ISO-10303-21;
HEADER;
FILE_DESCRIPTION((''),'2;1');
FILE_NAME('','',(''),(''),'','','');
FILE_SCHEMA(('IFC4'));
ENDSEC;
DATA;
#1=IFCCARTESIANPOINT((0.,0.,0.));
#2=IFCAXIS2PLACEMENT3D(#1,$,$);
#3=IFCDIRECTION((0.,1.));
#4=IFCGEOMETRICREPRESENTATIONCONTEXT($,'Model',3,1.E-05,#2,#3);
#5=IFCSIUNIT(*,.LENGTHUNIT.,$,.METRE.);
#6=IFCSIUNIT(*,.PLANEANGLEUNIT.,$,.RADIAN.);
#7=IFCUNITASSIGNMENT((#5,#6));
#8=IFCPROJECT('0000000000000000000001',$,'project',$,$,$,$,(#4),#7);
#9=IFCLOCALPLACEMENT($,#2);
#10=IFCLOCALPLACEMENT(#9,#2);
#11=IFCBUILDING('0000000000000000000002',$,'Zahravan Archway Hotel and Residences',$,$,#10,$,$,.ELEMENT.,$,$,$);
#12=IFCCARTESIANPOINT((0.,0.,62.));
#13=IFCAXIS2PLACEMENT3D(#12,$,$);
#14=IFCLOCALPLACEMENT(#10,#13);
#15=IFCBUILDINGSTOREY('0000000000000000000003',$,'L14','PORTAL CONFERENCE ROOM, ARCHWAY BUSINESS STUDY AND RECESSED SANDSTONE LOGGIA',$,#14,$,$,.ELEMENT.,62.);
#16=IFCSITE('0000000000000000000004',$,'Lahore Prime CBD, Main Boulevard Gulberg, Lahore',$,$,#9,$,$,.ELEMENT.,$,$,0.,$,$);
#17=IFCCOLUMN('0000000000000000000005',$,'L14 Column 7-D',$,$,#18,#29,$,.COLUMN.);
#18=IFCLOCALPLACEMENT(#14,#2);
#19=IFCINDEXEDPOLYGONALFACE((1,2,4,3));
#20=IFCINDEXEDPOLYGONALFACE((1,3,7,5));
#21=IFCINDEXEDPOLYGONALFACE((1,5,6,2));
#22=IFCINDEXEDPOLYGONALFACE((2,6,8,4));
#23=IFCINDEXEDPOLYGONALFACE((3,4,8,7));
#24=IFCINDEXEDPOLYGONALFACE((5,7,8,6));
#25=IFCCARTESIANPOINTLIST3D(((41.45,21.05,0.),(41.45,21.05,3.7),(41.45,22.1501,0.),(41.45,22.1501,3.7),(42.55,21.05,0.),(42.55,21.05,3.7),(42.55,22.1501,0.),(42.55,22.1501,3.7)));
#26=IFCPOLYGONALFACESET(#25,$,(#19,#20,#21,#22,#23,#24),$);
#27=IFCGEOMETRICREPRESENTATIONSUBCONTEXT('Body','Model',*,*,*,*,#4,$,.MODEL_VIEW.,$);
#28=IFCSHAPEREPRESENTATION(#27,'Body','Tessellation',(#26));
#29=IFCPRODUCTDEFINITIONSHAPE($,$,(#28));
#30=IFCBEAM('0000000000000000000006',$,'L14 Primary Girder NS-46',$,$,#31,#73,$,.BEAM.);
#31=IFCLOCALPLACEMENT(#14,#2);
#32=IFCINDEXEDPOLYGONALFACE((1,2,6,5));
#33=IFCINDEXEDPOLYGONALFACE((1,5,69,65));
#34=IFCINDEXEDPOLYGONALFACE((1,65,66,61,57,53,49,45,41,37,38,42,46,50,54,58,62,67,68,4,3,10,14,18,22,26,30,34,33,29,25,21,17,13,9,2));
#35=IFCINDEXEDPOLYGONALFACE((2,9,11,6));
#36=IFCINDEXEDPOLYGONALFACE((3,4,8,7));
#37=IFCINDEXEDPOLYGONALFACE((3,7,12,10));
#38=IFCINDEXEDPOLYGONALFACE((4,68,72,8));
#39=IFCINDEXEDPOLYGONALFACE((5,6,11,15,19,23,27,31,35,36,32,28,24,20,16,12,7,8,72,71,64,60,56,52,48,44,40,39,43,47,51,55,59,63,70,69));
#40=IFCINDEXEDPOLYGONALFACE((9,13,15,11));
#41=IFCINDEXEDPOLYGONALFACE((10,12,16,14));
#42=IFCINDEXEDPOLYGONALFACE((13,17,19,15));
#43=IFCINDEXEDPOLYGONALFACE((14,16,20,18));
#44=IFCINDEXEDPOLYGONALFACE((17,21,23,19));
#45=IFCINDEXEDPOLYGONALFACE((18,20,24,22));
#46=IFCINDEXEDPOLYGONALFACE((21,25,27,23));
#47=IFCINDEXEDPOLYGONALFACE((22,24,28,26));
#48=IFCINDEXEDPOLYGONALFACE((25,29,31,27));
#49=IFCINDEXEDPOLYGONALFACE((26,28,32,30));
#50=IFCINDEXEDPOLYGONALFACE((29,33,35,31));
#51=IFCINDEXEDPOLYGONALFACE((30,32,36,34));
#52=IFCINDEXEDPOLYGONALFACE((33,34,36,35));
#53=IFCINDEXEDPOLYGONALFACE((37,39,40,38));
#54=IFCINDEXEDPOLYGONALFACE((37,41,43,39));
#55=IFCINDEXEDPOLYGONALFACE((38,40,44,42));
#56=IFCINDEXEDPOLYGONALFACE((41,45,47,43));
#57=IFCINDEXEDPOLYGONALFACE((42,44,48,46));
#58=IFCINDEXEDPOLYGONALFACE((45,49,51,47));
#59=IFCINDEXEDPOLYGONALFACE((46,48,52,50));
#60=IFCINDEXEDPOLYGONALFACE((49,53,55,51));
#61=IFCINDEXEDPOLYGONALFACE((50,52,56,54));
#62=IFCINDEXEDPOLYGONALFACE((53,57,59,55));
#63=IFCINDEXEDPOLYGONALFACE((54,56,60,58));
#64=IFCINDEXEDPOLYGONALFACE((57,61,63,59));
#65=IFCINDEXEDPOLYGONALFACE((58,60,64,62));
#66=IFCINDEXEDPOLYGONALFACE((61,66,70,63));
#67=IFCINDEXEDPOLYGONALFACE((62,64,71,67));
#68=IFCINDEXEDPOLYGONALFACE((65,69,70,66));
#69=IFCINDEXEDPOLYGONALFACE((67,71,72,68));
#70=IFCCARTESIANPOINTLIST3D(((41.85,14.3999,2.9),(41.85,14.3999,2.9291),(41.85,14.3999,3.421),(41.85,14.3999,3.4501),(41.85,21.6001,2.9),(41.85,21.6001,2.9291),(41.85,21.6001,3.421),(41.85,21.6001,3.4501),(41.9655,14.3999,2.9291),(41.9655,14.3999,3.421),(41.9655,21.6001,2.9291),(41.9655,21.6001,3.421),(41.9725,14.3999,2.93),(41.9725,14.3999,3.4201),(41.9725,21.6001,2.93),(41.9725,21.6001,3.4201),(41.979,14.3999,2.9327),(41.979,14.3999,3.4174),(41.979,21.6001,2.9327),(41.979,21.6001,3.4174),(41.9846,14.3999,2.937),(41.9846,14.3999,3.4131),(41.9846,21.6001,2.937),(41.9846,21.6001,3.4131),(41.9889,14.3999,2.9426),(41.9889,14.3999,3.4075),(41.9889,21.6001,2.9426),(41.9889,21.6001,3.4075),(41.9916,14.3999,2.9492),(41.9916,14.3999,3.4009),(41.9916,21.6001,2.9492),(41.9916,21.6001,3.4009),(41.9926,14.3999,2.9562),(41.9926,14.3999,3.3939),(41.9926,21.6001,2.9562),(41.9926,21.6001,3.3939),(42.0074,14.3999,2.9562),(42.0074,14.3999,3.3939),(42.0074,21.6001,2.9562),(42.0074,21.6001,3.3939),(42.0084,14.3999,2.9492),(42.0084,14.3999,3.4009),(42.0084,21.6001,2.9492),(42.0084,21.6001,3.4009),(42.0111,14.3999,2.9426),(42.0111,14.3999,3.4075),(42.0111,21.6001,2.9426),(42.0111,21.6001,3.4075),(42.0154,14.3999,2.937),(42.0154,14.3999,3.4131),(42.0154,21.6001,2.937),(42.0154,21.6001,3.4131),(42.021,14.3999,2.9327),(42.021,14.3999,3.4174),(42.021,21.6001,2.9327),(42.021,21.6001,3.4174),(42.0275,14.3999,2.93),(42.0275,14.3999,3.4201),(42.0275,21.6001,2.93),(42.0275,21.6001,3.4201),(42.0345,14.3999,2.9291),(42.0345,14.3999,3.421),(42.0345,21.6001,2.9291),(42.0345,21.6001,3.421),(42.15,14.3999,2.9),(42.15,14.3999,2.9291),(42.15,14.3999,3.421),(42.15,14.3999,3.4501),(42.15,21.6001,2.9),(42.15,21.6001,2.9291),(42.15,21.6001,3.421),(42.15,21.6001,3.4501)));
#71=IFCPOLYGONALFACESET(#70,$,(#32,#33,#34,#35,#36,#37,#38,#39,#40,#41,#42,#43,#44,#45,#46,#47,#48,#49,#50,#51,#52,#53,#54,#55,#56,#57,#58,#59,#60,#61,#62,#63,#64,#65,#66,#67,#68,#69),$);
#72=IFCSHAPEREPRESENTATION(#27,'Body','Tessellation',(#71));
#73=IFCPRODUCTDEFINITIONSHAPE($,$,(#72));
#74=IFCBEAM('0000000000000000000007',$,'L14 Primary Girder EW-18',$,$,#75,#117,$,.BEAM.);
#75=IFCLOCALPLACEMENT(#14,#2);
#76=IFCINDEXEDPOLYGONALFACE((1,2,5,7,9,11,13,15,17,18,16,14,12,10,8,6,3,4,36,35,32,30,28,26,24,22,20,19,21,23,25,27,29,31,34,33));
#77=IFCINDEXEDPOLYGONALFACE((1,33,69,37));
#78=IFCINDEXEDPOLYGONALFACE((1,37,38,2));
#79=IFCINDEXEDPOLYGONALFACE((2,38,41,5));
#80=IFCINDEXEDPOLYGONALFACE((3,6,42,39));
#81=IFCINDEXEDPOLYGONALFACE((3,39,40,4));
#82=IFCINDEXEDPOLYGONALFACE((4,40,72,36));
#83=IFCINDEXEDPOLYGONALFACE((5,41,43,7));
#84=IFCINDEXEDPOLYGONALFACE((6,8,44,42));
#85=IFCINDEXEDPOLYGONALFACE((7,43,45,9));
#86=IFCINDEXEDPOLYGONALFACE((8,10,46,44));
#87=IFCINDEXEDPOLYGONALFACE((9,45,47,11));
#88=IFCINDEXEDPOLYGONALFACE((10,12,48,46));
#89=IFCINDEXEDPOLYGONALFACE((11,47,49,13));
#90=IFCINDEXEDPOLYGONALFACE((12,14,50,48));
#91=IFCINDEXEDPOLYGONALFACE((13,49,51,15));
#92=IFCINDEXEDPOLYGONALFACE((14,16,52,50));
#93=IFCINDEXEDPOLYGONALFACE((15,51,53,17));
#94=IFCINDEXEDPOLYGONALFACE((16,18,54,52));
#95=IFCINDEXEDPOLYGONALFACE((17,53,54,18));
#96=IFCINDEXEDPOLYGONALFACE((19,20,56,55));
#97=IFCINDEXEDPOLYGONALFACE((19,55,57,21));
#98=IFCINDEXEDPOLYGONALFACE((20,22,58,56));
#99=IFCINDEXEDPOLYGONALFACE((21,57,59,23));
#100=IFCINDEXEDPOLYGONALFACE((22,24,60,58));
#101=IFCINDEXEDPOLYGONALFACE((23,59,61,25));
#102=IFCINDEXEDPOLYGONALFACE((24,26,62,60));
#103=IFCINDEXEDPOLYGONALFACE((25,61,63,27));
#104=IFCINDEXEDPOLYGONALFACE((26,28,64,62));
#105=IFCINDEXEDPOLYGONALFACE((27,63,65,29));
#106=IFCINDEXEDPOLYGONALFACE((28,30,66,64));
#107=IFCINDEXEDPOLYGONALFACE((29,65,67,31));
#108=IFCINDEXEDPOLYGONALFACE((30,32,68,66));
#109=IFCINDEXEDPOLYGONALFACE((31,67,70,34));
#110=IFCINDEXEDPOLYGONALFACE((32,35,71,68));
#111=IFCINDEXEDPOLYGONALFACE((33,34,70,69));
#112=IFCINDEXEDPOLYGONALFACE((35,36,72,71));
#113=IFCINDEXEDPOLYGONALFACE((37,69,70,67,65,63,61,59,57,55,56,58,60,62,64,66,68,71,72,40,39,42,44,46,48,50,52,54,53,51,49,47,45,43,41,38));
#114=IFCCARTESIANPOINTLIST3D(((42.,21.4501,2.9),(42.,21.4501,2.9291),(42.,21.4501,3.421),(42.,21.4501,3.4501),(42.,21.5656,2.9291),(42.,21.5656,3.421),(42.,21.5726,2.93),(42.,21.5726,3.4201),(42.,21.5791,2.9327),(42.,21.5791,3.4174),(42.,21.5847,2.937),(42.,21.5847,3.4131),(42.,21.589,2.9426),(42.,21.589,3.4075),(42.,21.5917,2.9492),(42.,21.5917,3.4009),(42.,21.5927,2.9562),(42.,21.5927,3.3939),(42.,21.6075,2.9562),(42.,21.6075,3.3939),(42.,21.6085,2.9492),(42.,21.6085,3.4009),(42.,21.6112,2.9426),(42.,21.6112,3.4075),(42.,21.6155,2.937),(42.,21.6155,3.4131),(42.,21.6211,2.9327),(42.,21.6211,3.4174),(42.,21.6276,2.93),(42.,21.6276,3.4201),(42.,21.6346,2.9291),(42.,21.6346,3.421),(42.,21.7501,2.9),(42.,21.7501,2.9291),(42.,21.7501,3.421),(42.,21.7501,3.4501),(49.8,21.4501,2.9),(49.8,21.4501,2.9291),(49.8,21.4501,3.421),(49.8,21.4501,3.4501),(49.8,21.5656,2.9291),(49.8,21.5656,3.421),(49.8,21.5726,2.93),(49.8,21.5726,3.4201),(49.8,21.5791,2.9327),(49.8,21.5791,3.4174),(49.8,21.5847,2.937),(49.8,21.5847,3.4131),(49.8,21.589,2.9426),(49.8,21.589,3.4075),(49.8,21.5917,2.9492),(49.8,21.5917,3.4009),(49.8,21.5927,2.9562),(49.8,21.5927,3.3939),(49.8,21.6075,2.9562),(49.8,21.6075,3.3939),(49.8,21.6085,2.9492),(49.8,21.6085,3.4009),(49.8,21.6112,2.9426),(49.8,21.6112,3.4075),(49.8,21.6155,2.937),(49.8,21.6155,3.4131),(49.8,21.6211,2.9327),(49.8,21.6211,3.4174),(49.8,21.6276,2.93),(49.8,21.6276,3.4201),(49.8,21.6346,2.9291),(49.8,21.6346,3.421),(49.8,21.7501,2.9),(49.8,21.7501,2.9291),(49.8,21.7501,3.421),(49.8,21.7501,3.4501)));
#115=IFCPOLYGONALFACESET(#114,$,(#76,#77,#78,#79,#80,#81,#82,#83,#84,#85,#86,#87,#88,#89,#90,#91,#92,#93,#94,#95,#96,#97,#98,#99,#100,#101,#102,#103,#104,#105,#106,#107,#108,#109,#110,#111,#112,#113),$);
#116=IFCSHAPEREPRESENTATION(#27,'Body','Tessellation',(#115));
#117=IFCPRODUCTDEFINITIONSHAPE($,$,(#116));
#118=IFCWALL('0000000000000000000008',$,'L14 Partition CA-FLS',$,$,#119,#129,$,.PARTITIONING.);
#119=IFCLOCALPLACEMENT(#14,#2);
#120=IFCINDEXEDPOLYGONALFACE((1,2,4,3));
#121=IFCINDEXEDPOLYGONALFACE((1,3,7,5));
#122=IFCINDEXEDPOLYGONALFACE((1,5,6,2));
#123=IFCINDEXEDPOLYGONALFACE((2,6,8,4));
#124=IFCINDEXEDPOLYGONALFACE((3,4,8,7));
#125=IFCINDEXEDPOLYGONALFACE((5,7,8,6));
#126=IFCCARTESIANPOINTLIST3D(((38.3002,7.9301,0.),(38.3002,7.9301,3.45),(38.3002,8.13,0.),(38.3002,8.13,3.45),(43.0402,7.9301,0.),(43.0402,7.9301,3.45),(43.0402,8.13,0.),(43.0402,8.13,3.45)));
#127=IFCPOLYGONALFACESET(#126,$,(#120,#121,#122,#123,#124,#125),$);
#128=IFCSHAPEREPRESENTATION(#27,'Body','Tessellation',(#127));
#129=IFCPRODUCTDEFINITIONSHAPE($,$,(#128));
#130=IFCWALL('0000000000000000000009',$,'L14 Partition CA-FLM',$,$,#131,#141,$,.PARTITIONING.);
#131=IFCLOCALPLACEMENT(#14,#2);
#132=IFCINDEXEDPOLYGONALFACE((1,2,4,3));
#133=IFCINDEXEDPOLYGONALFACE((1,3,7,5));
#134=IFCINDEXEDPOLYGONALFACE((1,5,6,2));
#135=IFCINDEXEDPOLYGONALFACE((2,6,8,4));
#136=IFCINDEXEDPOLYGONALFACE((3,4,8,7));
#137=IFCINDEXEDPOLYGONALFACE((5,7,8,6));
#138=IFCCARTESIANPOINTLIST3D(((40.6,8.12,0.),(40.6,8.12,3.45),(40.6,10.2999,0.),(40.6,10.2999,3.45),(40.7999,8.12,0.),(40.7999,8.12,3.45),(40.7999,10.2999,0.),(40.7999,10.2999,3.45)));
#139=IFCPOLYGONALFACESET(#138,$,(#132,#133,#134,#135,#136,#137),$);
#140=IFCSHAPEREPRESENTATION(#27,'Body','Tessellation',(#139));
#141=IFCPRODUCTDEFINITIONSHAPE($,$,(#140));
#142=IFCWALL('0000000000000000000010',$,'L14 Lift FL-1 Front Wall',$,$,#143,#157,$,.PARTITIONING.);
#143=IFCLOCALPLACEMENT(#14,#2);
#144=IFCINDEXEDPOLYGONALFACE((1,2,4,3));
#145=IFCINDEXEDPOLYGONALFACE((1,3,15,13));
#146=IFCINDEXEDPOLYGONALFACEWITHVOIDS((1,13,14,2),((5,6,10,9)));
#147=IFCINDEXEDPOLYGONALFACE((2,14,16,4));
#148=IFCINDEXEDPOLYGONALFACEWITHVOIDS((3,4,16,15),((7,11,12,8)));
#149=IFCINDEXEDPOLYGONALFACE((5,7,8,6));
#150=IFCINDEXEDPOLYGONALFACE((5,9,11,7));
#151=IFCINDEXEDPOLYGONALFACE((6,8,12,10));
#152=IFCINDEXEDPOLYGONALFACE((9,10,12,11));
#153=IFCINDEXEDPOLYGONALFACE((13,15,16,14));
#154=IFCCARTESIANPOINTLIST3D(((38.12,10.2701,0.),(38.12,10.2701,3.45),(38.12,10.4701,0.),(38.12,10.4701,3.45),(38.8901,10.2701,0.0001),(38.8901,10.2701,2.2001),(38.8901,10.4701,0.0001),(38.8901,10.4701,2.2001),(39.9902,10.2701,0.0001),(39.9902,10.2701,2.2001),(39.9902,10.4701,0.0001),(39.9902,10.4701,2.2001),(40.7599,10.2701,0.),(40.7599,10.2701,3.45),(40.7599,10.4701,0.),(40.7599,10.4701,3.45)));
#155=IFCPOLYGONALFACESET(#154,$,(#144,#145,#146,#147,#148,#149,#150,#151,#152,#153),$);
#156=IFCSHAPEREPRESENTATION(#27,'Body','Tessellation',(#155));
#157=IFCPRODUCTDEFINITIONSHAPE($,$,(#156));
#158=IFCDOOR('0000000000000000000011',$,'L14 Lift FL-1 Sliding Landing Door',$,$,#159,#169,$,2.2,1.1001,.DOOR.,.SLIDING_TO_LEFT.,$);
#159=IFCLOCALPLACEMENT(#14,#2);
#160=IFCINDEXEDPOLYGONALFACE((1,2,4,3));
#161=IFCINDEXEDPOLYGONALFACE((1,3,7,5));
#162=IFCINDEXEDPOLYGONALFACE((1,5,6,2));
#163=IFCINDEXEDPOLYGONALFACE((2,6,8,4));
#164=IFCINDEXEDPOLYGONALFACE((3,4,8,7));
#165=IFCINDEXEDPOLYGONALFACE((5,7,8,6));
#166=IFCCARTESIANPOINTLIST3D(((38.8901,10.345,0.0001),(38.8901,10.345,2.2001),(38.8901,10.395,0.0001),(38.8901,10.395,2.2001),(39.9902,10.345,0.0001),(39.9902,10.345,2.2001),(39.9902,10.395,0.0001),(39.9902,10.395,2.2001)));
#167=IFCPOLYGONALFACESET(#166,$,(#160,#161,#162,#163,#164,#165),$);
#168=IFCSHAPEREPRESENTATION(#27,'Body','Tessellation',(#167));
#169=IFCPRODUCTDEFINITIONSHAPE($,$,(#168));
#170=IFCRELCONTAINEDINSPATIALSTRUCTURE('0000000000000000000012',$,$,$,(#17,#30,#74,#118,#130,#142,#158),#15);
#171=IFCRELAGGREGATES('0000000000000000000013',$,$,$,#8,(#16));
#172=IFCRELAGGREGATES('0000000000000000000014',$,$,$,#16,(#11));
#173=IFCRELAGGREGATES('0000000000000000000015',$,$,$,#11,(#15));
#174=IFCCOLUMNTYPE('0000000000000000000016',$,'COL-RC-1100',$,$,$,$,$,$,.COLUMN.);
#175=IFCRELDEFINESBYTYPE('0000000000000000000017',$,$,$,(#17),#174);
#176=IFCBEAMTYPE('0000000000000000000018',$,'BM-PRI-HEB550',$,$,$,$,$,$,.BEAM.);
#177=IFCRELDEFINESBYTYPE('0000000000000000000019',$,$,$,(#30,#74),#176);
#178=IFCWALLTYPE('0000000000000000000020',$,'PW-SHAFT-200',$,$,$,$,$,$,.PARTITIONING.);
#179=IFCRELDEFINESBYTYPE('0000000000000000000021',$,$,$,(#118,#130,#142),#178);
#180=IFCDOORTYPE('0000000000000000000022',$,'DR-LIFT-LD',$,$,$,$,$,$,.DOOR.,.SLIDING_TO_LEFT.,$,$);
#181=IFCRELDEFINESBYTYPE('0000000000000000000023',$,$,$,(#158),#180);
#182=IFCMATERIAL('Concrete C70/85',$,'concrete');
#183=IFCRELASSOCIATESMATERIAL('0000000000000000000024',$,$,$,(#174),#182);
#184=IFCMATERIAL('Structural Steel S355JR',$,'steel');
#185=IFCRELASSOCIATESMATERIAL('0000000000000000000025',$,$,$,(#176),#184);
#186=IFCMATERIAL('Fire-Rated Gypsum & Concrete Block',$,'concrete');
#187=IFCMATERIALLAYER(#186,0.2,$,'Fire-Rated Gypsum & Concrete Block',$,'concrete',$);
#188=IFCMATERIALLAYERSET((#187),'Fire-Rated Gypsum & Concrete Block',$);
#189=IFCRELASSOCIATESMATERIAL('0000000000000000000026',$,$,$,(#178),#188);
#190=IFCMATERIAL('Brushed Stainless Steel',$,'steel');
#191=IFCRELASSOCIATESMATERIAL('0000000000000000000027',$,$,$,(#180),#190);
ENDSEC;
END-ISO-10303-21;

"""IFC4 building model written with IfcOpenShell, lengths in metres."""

from ifc_helpers import new_model, si_unit, direction, frame, frame_2d, origin, origin_2d, place, context, subcontext, project, spatial, rectangle, i_section, extrude, source, transform, mapped, material, layer, layer_set, material_profile, profile_set, type_object, type_shapes, element, fill, save


model = new_model("IFC4")

# Units and contexts
model_context = context("Model", 3, precision=1e-05, world=origin(), true_north=direction((0.0, 1.0)))
body_context = subcontext(model_context, "Body", "Model", "MODEL_VIEW")
ifc_project = project(units=[si_unit("LENGTHUNIT", "METRE"), si_unit("PLANEANGLEUNIT", "RADIAN")], contexts=[model_context])

# Site, building, storey
site_placement = place(None, origin())
site = spatial("IfcSite", under=ifc_project, at=site_placement, Name="Lahore Prime CBD, Main Boulevard Gulberg, Lahore", CompositionType="ELEMENT", RefElevation=0.0)
building_placement = place(site_placement, origin())
building = spatial("IfcBuilding", under=site, at=building_placement, Name="Zahravan Archway Hotel and Residences", CompositionType="ELEMENT")
storey_placement = place(building_placement, frame((0.0, 0.0, 62.0)))
storey = spatial("IfcBuildingStorey", under=building, at=storey_placement, Name="L14", Description="PORTAL CONFERENCE ROOM, ARCHWAY BUSINESS STUDY AND RECESSED SANDSTONE LOGGIA", CompositionType="ELEMENT", Elevation=62.0)

# Column
ifc_material_1 = material(Name="Concrete C70/85", Category="concrete")
ifc_material_profile_1 = material_profile(ifc_material_1, rectangle(XDim=1.1001, YDim=1.1001, at=origin_2d()), Name="RC 1100x1100", Category="concrete")
ifc_profile_set_1 = profile_set([ifc_material_profile_1], Name="Concrete C70/85")
column_type = type_object("IfcColumnType", Name="COL-RC-1100", PredefinedType="COLUMN", material=ifc_profile_set_1)
shared_shape_1 = source(origin(), body_context, "Body", "SweptSolid", [
    extrude(rectangle(XDim=1.1001, YDim=1.1001, at=origin_2d()), origin(), (0.0, 0.0, 1.0), 3.7),
])
column_placement = place(storey_placement, frame((42.0, 21.6001, 0.0), z_axis=(0.0, 0.0, 1.0), x_axis=(1.0, 0.0, 0.0)))
element("IfcColumn", 1, at=column_placement, inside=storey, type_object=column_type, Name="L14 Column 7-D", PredefinedType="COLUMN", context=body_context, shape_type="MappedRepresentation", body=[
    mapped(shared_shape_1, transform((0.0, 0.0, 0.0), scale=1.0)),
])

# Beams
ifc_material_2 = material(Name="Structural Steel S355JR", Category="steel")
ifc_material_profile_2 = material_profile(ifc_material_2, i_section(OverallWidth=0.3, OverallDepth=0.55, WebThickness=0.0149, FlangeThickness=0.0291, FilletRadius=0.0271, at=origin_2d()), Name="HEB 550", Category="steel")
ifc_profile_set_2 = profile_set([ifc_material_profile_2], Name="Structural Steel S355JR")
beam_type = type_object("IfcBeamType", Name="BM-PRI-HEB550", PredefinedType="BEAM", material=ifc_profile_set_2)
shared_shape_2 = source(origin(), body_context, "Body", "SweptSolid", [
    extrude(i_section(OverallWidth=0.3, OverallDepth=0.55, WebThickness=0.0149, FlangeThickness=0.0291, FilletRadius=0.0271, at=origin_2d()), origin(), (0.0, 0.0, 1.0), 7.2002),
])
type_shapes(beam_type, [shared_shape_2])
beam_1_placement = place(storey_placement, frame((42.0, 14.3999, 3.175), z_axis=(0.0, 1.0, 0.0), x_axis=(-1.0, 0.0, 0.0)))
element("IfcBeam", 2, at=beam_1_placement, inside=storey, type_object=beam_type, Name="L14 Primary Girder NS-46", PredefinedType="BEAM", context=body_context, shape_type="MappedRepresentation", body=[
    mapped(shared_shape_2, transform((0.0, 0.0, 0.0), scale=1.0)),
])
shared_shape_3 = source(origin(), body_context, "Body", "SweptSolid", [
    extrude(i_section(OverallWidth=0.3, OverallDepth=0.55, WebThickness=0.0149, FlangeThickness=0.0291, FilletRadius=0.0271, at=origin_2d()), origin(), (0.0, 0.0, 1.0), 7.8),
])
beam_2_placement = place(storey_placement, frame((42.0, 21.6001, 3.175), z_axis=(1.0, 0.0, 0.0), x_axis=(0.0, 1.0, 0.0)))
element("IfcBeam", 3, at=beam_2_placement, inside=storey, type_object=beam_type, Name="L14 Primary Girder EW-18", PredefinedType="BEAM", context=body_context, shape_type="MappedRepresentation", body=[
    mapped(shared_shape_3, transform((0.0, 0.0, 0.0), scale=1.0)),
])

# Shared definitions
ifc_material_3 = material(Name="Fire-Rated Gypsum & Concrete Block", Category="concrete")

# Walls
ifc_layer_1 = layer(ifc_material_3, 0.2, Name="Fire-Rated Gypsum & Concrete Block", Category="concrete")
ifc_layer_set_1 = layer_set([ifc_layer_1], Name="Fire-Rated Gypsum & Concrete Block")
wall_type_1 = type_object("IfcWallType", Name="PW-SHAFT-200", PredefinedType="PARTITIONING", material=ifc_layer_set_1)
wall_1_placement = place(storey_placement, frame((38.3, 8.03, 0.0), z_axis=(0.0, 0.0, 1.0), x_axis=(1.0, 0.0, 0.0)))
element("IfcWall", 4, at=wall_1_placement, inside=storey, type_object=wall_type_1, Name="L14 Partition CA-FLS", PredefinedType="PARTITIONING", context=body_context, shape_type="SweptSolid", body=[
    extrude(rectangle(XDim=4.74, YDim=0.2, at=frame_2d((2.3701, 0.0))), origin(), (0.0, 0.0, 1.0), 3.45),
])
wall_2_placement = place(storey_placement, frame((40.7, 8.1201, 0.0), z_axis=(0.0, 0.0, 1.0), x_axis=(0.0, 1.0, 0.0)))
element("IfcWall", 5, at=wall_2_placement, inside=storey, type_object=wall_type_1, Name="L14 Partition CA-FLM", PredefinedType="PARTITIONING", context=body_context, shape_type="SweptSolid", body=[
    extrude(rectangle(XDim=2.1799, YDim=0.2, at=frame_2d((1.0898, 0.0))), origin(), (0.0, 0.0, 1.0), 3.45),
])

# Wall, opening, door
wall_3_placement = place(storey_placement, frame((38.1201, 10.3701, 0.0), z_axis=(0.0, 0.0, 1.0), x_axis=(1.0, 0.0, 0.0)))
wall_3 = element("IfcWall", 6, at=wall_3_placement, inside=storey, type_object=wall_type_1, Name="L14 Lift FL-1 Front Wall", PredefinedType="PARTITIONING", context=body_context, shape_type="SweptSolid", body=[
    extrude(rectangle(XDim=2.6399, YDim=0.2, at=frame_2d((1.3198, 0.0))), origin(), (0.0, 0.0, 1.0), 3.45),
])
opening_1_placement = place(wall_3_placement, frame((0.77, 0.0, 0.0)))
opening_1 = element("IfcOpeningElement", 7, at=opening_1_placement, cuts=wall_3, PredefinedType="OPENING", context=body_context, shape_type="SweptSolid", body=[
    extrude(rectangle(XDim=1.1001, YDim=2.2, at=frame_2d((0.55, 1.1001))), frame((0.0, 0.1099, 0.0), z_axis=(0.0, -1.0, 0.0), x_axis=(1.0, 0.0, 0.0)), (0.0, 0.0, 1.0), 0.22),
])
ifc_material_4 = material(Name="Brushed Stainless Steel", Category="steel")
door_type_1 = type_object("IfcDoorType", Name="DR-LIFT-LD", OperationType="SLIDING_TO_LEFT", PredefinedType="DOOR", material=ifc_material_4)
shared_shape_4 = source(origin(), body_context, "Body", "SweptSolid", [
    extrude(rectangle(XDim=1.1001, YDim=2.2, at=frame_2d((0.55, 1.1001))), frame((0.0, 0.0249, 0.0), z_axis=(0.0, -1.0, 0.0), x_axis=(1.0, 0.0, 0.0)), (0.0, 0.0, 1.0), 0.05),
])
type_shapes(door_type_1, [shared_shape_4])
door_1_placement = place(opening_1_placement, origin())
door_1 = element("IfcDoor", 8, at=door_1_placement, inside=storey, type_object=door_type_1, Name="L14 Lift FL-1 Sliding Landing Door", OperationType="SLIDING_TO_LEFT", OverallHeight=2.2, OverallWidth=1.1001, PredefinedType="DOOR", context=body_context, shape_type="MappedRepresentation", body=[
    mapped(shared_shape_4, transform((0.0, 0.0, 0.0), scale=1.0)),
])
fill(opening_1, door_1)

save(model, "model.ifc")
